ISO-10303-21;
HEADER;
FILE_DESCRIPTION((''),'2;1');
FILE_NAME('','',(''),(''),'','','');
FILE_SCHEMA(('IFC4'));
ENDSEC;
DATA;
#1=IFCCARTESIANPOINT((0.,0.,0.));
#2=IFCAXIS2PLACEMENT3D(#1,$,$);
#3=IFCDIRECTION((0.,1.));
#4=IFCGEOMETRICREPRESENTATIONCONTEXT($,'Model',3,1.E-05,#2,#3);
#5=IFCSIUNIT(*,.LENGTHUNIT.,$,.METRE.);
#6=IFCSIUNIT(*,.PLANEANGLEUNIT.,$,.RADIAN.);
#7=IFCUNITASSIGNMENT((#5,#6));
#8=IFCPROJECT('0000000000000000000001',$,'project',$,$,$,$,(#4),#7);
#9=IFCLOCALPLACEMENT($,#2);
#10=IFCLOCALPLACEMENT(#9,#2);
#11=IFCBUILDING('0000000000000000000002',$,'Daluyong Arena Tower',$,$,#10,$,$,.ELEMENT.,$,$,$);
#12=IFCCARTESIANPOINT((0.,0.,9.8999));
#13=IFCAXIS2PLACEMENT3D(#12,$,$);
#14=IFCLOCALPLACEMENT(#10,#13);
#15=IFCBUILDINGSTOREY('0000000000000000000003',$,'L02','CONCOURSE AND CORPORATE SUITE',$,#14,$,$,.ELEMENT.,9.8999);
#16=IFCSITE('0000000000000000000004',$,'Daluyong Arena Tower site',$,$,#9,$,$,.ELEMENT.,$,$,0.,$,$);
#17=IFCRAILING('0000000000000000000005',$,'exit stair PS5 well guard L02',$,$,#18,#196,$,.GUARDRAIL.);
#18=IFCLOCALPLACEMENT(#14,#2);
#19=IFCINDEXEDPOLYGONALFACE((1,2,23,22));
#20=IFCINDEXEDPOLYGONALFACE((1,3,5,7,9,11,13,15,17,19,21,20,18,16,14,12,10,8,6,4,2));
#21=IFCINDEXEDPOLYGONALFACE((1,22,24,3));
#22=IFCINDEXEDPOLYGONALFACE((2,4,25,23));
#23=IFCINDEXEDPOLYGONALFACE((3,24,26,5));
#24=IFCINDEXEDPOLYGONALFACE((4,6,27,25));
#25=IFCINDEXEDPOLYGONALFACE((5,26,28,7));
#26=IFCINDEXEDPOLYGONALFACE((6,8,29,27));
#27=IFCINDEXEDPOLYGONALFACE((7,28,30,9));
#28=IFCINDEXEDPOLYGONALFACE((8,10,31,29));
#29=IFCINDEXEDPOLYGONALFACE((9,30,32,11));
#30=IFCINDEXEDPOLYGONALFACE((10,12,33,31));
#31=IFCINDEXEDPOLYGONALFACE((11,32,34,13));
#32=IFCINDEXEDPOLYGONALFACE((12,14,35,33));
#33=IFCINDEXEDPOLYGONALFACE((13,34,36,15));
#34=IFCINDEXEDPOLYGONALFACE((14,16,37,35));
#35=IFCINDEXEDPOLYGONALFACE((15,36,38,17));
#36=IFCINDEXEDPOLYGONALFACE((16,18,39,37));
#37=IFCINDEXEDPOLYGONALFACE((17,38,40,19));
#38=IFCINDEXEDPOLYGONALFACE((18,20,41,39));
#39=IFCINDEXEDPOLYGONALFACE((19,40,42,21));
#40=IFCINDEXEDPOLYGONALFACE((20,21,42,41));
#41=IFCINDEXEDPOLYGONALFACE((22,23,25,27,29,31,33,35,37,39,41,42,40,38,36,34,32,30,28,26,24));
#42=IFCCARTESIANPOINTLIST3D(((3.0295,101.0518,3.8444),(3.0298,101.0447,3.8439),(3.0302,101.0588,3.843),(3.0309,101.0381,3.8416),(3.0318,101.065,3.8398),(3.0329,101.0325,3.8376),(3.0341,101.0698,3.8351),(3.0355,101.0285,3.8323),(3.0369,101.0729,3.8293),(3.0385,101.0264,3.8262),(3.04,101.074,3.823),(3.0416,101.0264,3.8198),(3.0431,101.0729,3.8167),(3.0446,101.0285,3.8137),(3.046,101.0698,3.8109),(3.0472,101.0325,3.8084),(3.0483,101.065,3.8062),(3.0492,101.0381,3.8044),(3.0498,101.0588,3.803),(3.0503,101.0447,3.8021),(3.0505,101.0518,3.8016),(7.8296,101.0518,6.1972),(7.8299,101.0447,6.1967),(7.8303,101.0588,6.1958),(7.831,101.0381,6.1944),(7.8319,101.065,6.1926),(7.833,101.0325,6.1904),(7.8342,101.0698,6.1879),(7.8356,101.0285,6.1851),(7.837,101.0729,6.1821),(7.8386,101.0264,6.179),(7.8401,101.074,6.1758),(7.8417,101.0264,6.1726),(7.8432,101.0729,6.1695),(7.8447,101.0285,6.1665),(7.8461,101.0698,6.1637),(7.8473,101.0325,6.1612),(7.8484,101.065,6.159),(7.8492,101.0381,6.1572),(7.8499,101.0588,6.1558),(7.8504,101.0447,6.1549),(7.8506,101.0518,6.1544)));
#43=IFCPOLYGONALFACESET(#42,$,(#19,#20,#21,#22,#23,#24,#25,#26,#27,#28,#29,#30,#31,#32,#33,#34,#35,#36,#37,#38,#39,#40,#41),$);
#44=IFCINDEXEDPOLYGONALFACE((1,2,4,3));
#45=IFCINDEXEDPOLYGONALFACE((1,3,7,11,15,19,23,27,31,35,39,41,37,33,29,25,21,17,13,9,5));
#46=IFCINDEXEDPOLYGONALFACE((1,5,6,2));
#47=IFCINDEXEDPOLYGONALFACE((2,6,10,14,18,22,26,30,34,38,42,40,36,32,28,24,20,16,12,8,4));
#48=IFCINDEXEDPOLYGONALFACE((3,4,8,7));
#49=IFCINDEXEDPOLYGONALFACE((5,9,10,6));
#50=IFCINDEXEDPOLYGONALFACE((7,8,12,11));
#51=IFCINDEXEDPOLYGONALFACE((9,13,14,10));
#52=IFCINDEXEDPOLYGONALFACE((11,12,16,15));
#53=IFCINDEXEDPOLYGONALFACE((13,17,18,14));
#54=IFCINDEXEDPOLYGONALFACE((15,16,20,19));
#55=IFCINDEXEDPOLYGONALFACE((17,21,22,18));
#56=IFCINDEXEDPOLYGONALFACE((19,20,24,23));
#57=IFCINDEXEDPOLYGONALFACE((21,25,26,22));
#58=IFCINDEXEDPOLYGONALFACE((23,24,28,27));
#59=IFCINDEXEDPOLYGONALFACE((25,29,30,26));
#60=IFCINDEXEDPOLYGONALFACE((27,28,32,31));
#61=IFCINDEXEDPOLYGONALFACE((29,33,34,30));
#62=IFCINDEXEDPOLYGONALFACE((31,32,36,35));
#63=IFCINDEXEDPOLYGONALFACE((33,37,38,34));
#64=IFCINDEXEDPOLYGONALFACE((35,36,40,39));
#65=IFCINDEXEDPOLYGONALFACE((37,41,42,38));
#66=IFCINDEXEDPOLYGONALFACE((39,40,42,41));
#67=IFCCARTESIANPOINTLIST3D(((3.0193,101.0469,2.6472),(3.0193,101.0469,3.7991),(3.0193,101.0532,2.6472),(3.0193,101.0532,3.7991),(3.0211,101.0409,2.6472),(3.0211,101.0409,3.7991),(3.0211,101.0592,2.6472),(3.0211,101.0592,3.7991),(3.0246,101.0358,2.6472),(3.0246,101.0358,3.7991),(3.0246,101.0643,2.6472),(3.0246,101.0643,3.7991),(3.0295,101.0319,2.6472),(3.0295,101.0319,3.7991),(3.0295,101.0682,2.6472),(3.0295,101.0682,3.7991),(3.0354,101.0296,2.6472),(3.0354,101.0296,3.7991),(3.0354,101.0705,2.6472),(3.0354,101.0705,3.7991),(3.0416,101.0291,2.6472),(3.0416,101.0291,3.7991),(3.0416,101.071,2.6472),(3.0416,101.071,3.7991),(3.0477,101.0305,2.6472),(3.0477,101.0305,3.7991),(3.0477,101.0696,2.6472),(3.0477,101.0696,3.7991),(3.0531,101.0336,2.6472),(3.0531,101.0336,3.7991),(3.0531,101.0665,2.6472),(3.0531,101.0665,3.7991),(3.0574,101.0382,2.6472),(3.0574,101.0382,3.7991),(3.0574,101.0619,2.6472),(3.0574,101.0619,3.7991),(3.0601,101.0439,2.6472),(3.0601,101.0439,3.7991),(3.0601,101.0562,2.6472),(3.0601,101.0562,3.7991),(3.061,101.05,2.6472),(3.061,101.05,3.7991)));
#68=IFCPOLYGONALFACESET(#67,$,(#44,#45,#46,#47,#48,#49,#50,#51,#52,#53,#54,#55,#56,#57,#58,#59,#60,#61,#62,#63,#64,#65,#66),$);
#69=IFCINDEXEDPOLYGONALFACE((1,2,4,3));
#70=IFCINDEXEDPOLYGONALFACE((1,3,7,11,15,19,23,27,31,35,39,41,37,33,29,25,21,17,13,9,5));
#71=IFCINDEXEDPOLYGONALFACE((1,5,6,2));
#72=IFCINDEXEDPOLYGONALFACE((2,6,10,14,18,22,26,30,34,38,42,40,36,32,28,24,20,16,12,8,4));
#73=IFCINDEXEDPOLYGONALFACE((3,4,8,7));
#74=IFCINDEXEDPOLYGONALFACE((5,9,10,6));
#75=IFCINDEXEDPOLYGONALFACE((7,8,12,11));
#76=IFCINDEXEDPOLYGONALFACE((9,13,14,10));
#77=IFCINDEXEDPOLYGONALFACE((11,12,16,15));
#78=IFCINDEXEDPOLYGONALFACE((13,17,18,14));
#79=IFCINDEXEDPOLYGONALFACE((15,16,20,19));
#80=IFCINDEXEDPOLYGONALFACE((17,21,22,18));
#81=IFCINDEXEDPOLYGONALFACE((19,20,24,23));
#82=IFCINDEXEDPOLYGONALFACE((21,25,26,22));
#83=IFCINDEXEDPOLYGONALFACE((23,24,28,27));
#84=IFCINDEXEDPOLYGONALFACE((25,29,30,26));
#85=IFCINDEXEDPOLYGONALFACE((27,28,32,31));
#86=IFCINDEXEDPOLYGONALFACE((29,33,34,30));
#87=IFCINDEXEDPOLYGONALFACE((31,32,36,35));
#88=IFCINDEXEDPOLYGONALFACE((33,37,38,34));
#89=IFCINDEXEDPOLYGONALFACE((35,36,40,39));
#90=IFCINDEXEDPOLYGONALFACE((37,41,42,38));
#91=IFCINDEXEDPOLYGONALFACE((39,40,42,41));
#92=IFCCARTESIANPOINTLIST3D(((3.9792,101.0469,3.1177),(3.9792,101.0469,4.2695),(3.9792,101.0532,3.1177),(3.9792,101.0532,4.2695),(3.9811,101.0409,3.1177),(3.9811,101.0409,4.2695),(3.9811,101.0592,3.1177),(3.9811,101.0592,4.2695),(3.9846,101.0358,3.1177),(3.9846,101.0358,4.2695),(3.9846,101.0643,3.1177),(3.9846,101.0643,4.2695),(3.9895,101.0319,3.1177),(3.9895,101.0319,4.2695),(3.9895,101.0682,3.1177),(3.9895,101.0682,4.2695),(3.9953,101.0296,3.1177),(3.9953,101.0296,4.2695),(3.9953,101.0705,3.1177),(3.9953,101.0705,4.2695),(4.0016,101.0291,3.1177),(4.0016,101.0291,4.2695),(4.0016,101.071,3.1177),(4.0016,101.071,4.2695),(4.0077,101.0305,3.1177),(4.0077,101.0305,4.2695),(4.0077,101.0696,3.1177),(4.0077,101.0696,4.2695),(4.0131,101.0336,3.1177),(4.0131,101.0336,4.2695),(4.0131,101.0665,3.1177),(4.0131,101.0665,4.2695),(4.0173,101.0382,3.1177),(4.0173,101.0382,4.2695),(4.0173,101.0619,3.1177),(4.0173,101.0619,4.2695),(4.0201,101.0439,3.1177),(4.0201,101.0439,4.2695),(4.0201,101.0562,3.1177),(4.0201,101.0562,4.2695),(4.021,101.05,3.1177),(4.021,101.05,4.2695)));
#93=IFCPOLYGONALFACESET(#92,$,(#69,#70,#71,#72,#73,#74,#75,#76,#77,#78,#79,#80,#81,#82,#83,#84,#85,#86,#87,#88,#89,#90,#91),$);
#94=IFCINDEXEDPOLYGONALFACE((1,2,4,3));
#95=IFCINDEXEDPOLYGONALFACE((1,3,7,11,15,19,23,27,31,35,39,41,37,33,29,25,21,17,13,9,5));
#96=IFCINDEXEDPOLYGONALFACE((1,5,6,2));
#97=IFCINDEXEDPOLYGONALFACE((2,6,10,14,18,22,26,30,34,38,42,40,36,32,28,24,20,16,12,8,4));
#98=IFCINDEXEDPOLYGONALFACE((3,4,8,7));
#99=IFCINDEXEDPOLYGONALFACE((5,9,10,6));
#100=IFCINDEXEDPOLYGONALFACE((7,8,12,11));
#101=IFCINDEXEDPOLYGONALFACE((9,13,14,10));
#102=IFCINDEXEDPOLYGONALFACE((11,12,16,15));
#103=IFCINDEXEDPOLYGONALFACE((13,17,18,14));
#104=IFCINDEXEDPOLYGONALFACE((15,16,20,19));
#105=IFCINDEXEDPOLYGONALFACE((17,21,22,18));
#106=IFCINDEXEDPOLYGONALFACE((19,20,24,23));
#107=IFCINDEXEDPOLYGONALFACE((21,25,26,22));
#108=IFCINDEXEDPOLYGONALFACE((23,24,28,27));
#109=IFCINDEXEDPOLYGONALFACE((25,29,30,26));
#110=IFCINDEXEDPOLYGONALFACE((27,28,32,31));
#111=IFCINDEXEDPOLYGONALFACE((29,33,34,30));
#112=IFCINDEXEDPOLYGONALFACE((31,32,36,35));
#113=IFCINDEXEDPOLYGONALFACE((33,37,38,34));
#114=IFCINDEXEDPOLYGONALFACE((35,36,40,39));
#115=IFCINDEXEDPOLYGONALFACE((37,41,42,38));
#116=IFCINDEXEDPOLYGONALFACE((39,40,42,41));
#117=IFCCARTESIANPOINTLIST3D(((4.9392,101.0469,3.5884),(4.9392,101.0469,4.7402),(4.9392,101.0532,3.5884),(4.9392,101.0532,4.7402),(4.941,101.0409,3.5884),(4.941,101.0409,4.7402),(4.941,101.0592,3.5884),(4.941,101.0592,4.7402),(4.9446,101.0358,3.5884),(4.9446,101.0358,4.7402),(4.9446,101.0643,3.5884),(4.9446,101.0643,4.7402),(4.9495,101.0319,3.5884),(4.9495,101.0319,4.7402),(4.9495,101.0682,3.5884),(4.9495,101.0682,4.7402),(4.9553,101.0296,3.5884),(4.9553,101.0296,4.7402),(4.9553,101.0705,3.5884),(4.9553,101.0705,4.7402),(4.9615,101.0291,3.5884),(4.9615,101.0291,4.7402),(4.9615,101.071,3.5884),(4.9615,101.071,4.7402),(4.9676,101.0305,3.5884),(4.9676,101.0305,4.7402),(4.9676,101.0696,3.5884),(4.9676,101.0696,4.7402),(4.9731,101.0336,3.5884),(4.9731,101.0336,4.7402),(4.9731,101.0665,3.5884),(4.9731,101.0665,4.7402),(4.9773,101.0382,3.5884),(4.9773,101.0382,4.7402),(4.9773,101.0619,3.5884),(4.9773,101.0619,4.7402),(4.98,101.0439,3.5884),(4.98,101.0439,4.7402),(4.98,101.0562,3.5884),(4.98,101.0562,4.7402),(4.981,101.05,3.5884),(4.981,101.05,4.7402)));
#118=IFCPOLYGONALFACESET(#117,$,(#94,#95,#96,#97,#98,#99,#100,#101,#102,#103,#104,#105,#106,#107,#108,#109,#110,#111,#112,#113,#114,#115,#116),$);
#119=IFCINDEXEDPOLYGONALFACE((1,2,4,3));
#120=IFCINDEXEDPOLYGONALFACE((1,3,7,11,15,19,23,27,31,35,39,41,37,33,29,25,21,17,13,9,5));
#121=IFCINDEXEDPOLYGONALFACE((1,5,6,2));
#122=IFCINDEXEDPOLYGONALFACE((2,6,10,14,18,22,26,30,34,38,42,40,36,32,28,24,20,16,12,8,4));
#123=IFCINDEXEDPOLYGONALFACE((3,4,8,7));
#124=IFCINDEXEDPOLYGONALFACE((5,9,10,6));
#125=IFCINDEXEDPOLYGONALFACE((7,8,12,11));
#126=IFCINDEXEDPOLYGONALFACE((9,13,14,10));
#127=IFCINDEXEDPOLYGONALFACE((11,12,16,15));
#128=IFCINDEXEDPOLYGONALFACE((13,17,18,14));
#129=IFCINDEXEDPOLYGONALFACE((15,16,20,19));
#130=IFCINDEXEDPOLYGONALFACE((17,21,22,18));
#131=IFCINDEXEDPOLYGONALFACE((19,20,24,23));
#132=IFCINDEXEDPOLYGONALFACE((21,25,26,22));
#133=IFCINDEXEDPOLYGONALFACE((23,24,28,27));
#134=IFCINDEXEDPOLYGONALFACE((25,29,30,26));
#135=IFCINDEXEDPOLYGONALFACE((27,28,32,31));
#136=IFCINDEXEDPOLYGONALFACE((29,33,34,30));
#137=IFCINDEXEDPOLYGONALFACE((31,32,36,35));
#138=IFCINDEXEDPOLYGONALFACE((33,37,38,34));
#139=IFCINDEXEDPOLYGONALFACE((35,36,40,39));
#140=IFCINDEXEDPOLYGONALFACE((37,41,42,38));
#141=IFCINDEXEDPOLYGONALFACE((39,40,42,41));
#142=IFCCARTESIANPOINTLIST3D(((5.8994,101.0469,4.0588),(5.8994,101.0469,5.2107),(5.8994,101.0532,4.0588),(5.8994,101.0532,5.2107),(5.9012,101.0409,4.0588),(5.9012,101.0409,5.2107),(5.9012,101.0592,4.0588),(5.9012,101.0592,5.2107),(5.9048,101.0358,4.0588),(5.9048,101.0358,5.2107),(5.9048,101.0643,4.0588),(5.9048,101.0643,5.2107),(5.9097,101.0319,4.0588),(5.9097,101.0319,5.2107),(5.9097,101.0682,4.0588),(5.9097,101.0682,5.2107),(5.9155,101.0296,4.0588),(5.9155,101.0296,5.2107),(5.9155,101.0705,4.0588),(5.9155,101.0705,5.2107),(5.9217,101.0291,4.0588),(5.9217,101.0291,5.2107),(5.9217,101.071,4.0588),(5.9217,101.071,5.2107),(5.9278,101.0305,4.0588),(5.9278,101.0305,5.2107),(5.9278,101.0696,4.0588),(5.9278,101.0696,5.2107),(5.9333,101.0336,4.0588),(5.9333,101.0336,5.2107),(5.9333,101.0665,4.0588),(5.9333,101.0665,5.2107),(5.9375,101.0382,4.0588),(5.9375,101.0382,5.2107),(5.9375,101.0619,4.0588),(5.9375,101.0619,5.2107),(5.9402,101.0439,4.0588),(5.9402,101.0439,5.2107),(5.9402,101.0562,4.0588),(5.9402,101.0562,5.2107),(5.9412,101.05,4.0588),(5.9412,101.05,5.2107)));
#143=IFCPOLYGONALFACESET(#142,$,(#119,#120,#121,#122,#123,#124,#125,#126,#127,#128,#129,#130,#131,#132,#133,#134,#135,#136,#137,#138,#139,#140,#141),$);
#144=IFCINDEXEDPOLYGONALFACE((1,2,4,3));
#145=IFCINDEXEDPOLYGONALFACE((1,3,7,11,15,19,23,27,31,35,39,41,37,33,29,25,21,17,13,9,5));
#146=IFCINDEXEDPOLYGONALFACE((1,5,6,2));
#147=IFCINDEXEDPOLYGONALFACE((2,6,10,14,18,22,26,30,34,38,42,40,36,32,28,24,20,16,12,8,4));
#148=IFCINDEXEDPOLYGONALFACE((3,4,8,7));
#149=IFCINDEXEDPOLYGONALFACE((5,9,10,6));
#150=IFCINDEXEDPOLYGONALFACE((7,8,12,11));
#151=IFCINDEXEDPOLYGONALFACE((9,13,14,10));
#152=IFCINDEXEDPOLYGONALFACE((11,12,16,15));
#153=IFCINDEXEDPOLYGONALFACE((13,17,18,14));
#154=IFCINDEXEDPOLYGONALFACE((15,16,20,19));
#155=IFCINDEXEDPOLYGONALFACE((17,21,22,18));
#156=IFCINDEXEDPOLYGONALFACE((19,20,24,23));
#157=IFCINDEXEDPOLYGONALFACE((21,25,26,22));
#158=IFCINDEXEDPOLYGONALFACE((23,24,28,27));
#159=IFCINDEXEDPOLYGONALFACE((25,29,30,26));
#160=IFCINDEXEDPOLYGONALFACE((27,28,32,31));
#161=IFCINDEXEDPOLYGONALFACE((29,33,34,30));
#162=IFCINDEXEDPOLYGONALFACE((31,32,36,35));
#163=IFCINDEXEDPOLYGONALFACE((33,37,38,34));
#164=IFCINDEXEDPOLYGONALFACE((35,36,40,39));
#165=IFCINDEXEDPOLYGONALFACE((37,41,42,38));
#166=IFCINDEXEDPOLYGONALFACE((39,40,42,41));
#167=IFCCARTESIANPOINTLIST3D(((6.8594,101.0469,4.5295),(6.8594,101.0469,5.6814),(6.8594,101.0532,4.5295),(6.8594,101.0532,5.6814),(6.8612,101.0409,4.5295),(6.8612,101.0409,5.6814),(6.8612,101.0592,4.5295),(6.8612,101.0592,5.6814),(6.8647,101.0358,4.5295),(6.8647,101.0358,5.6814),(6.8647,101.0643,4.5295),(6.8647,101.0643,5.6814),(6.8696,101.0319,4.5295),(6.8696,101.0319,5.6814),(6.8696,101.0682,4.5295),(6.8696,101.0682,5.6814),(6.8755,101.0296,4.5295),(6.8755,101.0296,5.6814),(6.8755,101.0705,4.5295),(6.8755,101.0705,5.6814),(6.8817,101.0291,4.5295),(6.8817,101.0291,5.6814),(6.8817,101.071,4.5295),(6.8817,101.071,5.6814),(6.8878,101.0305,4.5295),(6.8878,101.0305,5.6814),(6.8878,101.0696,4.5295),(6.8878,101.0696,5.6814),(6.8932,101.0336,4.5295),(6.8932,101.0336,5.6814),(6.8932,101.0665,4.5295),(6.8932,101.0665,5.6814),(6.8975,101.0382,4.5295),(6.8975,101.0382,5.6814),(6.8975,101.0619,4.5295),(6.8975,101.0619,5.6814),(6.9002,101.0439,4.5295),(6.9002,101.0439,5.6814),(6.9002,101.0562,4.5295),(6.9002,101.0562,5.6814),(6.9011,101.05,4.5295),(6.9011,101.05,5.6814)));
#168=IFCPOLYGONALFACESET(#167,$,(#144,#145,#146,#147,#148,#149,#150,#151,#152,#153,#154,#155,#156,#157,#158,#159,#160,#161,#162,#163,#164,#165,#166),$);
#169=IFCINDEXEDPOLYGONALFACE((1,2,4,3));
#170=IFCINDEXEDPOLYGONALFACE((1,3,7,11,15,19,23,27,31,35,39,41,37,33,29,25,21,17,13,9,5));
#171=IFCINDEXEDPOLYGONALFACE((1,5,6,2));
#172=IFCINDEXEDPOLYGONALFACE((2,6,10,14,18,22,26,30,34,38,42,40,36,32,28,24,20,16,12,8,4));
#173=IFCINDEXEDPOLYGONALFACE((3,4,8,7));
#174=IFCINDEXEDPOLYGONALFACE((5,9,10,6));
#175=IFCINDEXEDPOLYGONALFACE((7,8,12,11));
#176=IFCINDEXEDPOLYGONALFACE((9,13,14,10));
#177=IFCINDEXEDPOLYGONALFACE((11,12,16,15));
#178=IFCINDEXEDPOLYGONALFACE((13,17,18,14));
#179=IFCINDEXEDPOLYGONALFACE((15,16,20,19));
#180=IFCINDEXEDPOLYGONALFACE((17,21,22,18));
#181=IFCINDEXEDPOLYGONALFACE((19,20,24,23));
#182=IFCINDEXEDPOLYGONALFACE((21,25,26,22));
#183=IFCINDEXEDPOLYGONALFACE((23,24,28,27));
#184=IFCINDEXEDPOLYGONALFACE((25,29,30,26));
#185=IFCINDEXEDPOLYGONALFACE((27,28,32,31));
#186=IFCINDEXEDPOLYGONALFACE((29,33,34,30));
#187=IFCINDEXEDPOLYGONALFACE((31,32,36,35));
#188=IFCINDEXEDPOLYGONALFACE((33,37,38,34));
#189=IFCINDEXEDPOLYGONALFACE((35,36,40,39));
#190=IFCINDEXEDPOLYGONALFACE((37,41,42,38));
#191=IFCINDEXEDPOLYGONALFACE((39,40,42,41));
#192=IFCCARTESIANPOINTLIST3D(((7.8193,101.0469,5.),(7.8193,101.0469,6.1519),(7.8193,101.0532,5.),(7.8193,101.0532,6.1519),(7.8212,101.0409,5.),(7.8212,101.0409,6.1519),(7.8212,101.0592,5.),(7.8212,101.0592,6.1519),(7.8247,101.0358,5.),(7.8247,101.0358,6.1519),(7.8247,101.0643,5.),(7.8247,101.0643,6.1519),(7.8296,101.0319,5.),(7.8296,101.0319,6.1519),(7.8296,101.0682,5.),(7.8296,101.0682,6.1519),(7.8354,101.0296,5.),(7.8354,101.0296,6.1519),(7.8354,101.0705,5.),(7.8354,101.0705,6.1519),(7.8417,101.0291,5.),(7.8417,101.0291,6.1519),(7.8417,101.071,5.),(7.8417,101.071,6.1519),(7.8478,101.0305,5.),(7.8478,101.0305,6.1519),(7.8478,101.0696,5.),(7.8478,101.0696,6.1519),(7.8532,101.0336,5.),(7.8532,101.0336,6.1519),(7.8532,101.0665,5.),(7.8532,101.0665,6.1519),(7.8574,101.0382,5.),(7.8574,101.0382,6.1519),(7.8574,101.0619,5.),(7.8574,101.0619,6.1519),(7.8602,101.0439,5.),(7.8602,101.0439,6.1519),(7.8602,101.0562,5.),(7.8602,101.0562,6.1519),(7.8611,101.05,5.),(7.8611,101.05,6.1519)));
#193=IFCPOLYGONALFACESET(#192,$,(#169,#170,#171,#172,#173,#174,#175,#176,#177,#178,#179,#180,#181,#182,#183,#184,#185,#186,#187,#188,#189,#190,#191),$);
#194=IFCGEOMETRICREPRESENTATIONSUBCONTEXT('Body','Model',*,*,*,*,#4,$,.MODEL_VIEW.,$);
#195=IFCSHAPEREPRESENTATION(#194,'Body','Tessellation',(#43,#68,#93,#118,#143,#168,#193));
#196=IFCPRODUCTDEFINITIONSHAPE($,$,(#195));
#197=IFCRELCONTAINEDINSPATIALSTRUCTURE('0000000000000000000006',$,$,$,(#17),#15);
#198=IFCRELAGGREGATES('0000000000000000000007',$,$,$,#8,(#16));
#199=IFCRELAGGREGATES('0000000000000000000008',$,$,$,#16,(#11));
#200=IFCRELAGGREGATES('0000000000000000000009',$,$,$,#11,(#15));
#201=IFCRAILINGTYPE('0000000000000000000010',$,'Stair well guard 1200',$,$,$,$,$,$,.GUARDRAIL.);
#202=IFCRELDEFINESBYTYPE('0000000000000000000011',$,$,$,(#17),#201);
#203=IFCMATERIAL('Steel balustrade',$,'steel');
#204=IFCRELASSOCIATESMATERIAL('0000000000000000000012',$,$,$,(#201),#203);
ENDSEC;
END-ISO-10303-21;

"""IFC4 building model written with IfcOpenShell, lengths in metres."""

from ifc_helpers import new_model, si_unit, direction, frame, origin, origin_2d, place, context, subcontext, project, spatial, circle, extrude, material, type_object, element, save


model = new_model("IFC4")

# Units and contexts
model_context = context("Model", 3, precision=1e-05, world=origin(), true_north=direction((0.0, 1.0)))
body_context = subcontext(model_context, "Body", "Model", "MODEL_VIEW")
ifc_project = project(units=[si_unit("LENGTHUNIT", "METRE"), si_unit("PLANEANGLEUNIT", "RADIAN")], contexts=[model_context])

# Site, building, storey
site_placement = place(None, origin())
site = spatial("IfcSite", under=ifc_project, at=site_placement, Name="Daluyong Arena Tower site", CompositionType="ELEMENT", RefElevation=0.0)
building_placement = place(site_placement, origin())
building = spatial("IfcBuilding", under=site, at=building_placement, Name="Daluyong Arena Tower", CompositionType="ELEMENT")
storey_placement = place(building_placement, frame((0.0, 0.0, 9.8999)))
storey = spatial("IfcBuildingStorey", under=building, at=storey_placement, Name="L02", Description="CONCOURSE AND CORPORATE SUITE", CompositionType="ELEMENT", Elevation=9.8999)

# Railing
ifc_material_1 = material(Name="Steel balustrade", Category="steel")
railing_type_1 = type_object("IfcRailingType", Name="Stair well guard 1200", PredefinedType="GUARDRAIL", material=ifc_material_1)
railing_1_placement = place(storey_placement, frame((3.04, 101.05, 2.6472)))
element("IfcRailing", 1, at=railing_1_placement, inside=storey, type_object=railing_type_1, Name="exit stair PS5 well guard L02", PredefinedType="GUARDRAIL", context=body_context, shape_type="SweptSolid", body=[
    extrude(circle(Radius=0.0239, at=origin_2d()), frame((0.0, 0.0, 1.1758), z_axis=(0.897934, 0.0, 0.44013), x_axis=(0.0, 1.0, 0.0)), (0.0, 0.0, 1.0), 5.3457),
    extrude(circle(Radius=0.021, at=origin_2d()), origin(), (0.0, 0.0, 1.0), 1.1519),
    extrude(circle(Radius=0.021, at=origin_2d()), frame((0.96, 0.0, 0.4705)), (0.0, 0.0, 1.0), 1.1519),
    extrude(circle(Radius=0.021, at=origin_2d()), frame((1.9199, 0.0, 0.9412)), (0.0, 0.0, 1.0), 1.1519),
    extrude(circle(Radius=0.021, at=origin_2d()), frame((2.8801, 0.0, 1.4116)), (0.0, 0.0, 1.0), 1.1519),
    extrude(circle(Radius=0.021, at=origin_2d()), frame((3.8401, 0.0, 1.8823)), (0.0, 0.0, 1.0), 1.1519),
    extrude(circle(Radius=0.021, at=origin_2d()), frame((4.8, 0.0, 2.3528)), (0.0, 0.0, 1.0), 1.1519),
])

save(model, "model.ifc")
